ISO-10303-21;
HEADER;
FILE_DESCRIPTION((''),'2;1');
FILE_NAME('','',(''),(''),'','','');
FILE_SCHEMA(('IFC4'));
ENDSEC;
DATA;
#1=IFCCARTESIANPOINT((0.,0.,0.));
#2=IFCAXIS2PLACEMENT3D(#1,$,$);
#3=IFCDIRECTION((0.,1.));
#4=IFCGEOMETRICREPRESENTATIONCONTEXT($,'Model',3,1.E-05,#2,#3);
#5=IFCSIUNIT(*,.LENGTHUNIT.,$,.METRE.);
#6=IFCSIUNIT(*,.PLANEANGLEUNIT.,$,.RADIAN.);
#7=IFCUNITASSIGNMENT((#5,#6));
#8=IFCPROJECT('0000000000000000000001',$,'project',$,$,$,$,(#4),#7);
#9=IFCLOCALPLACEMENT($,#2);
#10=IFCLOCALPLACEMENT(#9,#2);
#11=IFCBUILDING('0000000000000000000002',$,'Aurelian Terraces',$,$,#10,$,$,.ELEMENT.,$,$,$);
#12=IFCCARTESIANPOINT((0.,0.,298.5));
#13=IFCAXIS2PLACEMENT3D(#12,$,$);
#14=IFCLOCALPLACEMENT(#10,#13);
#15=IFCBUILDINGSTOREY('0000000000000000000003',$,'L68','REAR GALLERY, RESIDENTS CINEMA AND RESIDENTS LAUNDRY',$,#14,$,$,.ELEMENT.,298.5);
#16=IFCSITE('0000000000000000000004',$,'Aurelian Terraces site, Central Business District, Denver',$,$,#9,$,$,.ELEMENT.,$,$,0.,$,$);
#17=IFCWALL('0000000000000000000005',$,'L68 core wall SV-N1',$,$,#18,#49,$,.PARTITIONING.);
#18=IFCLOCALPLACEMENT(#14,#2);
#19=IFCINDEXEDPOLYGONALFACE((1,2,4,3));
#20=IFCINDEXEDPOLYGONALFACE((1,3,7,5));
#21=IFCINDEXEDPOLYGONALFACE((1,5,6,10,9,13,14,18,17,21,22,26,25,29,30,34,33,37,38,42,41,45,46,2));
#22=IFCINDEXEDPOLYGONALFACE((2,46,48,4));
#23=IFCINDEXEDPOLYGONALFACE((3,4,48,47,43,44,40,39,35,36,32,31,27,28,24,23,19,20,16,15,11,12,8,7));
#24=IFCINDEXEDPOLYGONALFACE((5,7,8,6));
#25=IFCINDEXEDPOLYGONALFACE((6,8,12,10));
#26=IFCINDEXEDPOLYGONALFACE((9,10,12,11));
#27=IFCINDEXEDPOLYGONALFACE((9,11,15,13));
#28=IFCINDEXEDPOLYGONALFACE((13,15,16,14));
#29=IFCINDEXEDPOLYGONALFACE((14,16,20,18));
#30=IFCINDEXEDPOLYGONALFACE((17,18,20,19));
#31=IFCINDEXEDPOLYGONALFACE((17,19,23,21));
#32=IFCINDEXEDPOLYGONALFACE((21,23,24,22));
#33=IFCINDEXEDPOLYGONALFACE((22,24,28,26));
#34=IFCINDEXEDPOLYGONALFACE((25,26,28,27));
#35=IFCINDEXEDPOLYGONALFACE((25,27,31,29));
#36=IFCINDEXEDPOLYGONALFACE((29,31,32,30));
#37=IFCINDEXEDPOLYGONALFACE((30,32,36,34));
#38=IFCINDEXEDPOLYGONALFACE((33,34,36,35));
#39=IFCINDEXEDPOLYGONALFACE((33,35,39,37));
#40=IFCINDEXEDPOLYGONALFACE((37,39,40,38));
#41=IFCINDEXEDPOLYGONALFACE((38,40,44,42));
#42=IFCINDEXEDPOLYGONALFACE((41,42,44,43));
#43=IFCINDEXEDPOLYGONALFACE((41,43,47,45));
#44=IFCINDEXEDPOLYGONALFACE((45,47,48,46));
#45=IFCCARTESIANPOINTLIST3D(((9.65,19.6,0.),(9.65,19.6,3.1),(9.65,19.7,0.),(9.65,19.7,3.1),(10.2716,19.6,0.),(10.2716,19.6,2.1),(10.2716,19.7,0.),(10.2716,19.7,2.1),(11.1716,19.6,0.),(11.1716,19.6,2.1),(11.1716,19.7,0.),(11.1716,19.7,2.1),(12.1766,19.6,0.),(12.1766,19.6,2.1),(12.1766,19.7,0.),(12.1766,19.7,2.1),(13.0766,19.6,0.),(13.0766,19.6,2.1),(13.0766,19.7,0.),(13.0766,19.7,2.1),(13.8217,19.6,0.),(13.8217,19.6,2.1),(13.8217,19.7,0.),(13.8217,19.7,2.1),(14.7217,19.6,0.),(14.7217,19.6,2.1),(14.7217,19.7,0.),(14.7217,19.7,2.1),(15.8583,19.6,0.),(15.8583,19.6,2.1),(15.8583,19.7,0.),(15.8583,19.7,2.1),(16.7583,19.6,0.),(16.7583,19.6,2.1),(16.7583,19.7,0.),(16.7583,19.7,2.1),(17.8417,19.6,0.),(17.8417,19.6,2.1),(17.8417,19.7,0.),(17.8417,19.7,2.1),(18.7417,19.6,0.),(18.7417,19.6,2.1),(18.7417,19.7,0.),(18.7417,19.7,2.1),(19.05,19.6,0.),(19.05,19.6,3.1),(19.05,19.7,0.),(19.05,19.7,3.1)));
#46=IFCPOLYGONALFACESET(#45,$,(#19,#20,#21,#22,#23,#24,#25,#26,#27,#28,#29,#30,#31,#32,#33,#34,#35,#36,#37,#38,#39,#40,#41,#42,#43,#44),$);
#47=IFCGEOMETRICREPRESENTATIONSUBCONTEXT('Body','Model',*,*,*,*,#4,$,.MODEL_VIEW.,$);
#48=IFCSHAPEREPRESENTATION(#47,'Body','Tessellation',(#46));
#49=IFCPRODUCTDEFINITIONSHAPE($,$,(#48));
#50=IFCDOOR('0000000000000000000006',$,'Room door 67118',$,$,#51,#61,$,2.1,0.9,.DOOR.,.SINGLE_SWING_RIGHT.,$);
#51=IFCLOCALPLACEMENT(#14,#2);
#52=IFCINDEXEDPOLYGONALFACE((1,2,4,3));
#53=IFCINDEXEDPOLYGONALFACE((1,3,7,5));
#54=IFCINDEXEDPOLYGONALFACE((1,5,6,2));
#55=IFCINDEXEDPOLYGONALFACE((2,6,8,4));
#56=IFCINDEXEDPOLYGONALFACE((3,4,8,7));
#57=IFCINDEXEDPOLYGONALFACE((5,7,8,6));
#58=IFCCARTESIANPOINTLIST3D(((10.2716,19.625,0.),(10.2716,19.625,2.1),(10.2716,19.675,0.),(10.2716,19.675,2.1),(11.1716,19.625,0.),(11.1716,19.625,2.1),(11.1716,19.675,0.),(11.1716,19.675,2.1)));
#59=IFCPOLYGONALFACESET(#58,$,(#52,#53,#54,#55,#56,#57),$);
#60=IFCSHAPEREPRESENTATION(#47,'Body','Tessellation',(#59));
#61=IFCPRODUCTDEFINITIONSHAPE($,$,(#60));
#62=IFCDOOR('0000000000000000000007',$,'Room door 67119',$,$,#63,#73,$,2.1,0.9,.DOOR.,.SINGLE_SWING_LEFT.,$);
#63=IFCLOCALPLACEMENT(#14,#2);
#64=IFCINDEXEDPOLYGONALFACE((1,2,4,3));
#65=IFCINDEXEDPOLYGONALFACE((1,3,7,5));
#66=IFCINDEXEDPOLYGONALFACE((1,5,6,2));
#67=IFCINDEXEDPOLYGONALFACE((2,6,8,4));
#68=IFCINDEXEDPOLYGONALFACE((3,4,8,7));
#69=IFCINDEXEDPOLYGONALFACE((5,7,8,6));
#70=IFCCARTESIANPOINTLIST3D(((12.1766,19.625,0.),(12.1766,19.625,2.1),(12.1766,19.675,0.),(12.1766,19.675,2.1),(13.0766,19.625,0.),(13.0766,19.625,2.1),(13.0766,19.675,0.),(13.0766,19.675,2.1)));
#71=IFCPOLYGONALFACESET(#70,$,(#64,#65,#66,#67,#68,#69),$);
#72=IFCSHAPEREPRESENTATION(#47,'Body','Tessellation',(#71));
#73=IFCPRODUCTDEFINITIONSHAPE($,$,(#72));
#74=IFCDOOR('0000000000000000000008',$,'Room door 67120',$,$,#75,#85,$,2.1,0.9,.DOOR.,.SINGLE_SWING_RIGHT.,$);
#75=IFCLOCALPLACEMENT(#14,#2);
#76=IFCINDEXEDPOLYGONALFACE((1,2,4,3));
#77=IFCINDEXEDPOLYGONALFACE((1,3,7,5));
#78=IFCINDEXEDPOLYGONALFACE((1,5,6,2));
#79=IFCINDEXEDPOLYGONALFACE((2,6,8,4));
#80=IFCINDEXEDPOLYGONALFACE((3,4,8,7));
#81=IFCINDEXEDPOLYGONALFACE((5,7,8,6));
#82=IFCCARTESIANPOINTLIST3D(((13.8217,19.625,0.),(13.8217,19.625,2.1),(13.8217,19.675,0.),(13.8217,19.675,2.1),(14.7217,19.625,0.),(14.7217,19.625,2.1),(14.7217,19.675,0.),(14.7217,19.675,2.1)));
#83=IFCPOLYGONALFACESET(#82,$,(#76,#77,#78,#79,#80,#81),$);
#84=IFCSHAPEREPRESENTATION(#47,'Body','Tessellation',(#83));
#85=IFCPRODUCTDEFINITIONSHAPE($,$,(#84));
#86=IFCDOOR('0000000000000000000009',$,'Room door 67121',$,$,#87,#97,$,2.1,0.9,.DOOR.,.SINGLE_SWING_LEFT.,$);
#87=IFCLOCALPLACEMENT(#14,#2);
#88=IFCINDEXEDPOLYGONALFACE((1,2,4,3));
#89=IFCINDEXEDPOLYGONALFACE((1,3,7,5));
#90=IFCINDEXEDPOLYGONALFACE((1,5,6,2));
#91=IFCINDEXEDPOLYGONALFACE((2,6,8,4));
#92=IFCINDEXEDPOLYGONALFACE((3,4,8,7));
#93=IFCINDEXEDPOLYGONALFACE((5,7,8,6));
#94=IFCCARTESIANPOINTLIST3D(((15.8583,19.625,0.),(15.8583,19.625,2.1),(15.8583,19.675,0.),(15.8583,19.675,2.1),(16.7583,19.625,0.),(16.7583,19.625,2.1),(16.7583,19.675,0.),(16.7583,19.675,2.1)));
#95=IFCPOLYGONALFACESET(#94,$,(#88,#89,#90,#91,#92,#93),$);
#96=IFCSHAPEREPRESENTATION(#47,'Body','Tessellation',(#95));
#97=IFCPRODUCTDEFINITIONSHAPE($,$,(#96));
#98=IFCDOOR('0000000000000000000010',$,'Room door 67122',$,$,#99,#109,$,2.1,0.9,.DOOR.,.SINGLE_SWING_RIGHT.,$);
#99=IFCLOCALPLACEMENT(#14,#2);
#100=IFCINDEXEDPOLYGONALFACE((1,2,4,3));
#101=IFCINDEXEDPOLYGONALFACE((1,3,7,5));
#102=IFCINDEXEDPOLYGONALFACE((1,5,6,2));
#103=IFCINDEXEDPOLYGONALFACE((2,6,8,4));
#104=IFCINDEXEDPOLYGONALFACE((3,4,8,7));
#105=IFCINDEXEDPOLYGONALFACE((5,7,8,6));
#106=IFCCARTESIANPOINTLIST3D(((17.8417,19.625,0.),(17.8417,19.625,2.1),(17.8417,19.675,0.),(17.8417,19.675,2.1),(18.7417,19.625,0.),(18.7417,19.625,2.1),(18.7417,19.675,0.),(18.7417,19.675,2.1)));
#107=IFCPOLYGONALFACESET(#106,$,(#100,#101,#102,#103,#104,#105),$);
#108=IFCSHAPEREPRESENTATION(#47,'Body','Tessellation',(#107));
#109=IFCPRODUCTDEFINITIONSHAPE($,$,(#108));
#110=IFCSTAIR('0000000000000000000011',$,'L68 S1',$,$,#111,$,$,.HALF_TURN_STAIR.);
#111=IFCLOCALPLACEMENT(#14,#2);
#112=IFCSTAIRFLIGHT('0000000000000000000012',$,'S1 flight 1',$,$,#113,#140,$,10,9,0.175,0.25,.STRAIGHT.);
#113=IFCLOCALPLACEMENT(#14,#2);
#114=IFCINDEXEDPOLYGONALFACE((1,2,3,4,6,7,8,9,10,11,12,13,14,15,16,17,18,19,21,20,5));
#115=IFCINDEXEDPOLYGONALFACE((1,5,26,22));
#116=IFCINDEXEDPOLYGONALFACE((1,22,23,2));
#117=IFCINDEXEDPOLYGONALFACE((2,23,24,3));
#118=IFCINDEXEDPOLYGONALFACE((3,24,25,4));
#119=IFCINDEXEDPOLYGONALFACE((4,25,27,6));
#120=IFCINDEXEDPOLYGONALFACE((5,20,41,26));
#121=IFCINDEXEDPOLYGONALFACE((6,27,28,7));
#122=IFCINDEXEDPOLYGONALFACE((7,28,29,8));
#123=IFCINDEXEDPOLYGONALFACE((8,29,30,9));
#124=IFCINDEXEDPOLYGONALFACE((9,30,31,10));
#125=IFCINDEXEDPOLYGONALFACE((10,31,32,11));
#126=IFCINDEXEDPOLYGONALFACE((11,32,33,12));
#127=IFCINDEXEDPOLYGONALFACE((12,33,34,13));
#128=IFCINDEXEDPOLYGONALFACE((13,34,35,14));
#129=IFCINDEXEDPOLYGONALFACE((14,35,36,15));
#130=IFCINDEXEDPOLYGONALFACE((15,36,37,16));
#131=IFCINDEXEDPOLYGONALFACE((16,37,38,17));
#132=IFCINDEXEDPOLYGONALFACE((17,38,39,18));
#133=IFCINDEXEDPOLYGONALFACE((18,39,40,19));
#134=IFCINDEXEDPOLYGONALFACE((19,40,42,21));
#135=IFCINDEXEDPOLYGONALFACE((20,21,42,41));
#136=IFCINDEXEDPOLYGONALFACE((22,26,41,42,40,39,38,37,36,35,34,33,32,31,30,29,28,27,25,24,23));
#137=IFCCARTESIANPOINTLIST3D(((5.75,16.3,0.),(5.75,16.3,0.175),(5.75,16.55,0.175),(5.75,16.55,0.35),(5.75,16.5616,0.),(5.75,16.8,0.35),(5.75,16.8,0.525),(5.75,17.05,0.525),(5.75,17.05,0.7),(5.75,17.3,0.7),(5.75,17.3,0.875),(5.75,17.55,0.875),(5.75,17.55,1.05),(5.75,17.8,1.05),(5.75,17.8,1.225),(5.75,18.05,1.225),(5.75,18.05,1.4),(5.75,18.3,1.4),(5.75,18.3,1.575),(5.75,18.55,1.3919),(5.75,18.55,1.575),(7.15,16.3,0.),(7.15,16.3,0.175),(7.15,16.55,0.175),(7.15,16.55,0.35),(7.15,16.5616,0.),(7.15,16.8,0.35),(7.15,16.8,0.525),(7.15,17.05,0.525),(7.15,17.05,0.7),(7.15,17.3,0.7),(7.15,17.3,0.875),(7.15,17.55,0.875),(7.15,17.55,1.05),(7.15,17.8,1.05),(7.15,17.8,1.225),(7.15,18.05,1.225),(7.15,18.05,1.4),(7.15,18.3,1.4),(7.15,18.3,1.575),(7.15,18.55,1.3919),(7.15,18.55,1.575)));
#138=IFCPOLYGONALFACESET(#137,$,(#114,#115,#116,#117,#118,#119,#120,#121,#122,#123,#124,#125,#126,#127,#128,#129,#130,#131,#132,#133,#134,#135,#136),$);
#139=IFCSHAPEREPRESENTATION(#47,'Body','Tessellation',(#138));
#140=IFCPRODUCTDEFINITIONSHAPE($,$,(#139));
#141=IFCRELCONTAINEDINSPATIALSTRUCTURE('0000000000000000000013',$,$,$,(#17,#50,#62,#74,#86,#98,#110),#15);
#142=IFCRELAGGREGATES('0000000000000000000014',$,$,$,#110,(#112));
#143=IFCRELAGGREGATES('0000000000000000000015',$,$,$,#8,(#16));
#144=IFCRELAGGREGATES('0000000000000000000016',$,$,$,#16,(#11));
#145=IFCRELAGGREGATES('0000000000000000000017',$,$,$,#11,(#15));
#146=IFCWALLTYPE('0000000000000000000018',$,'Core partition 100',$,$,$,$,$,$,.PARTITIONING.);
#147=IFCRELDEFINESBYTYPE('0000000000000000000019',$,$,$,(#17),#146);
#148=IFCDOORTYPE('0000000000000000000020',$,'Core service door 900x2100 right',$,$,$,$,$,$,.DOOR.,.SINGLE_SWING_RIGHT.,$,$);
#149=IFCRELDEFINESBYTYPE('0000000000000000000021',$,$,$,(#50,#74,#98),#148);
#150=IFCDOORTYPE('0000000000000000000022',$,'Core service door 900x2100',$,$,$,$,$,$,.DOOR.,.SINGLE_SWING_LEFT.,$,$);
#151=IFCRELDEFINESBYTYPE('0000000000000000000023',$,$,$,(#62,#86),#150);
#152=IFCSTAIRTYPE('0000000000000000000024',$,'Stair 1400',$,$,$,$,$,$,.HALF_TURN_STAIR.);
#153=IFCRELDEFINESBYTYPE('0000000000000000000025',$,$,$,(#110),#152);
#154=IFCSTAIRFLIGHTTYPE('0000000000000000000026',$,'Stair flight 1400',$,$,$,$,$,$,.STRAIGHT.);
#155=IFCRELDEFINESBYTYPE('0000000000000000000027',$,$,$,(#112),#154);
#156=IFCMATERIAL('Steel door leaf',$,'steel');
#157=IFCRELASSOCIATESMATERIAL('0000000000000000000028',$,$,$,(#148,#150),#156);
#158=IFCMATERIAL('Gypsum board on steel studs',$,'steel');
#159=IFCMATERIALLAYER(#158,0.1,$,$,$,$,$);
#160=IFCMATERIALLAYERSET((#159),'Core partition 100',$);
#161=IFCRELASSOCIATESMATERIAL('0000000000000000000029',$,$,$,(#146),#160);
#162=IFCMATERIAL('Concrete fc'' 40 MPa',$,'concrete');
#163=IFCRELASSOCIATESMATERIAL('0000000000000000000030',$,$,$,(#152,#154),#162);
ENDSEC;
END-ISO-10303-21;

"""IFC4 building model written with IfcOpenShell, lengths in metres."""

from ifc_helpers import new_model, si_unit, direction, frame, frame_2d, origin, place, context, subcontext, project, spatial, polyline, rectangle, outline, extrude, source, transform, mapped, material, layer, layer_set, type_object, element, fill, aggregate, save


model = new_model("IFC4")

# Units and contexts
model_context = context("Model", 3, precision=1e-05, world=origin(), true_north=direction((0.0, 1.0)))
body_context = subcontext(model_context, "Body", "Model", "MODEL_VIEW")
ifc_project = project(units=[si_unit("LENGTHUNIT", "METRE"), si_unit("PLANEANGLEUNIT", "RADIAN")], contexts=[model_context])

# Site, building, storey
site_placement = place(None, origin())
site = spatial("IfcSite", under=ifc_project, at=site_placement, Name="Aurelian Terraces site, Central Business District, Denver", CompositionType="ELEMENT", RefElevation=0.0)
building_placement = place(site_placement, origin())
building = spatial("IfcBuilding", under=site, at=building_placement, Name="Aurelian Terraces", CompositionType="ELEMENT")
storey_placement = place(building_placement, frame((0.0, 0.0, 298.5)))
storey = spatial("IfcBuildingStorey", under=building, at=storey_placement, Name="L68", Description="REAR GALLERY, RESIDENTS CINEMA AND RESIDENTS LAUNDRY", CompositionType="ELEMENT", Elevation=298.5)

# Shared definitions
ifc_material_1 = material(Name="Gypsum board on steel studs", Category="steel")

# Shared definitions
ifc_material_2 = material(Name="Steel door leaf", Category="steel")
door_type_1 = type_object("IfcDoorType", Name="Core service door 900x2100 right", OperationType="SINGLE_SWING_RIGHT", PredefinedType="DOOR", material=ifc_material_2)
shared_shape_1 = source(origin(), body_context, "Body", "SweptSolid", [
    extrude(rectangle(XDim=0.9, YDim=2.1, at=frame_2d((0.45, 1.05))), frame((0.0, 0.025, 0.0), z_axis=(0.0, -1.0, 0.0), x_axis=(1.0, 0.0, 0.0)), (0.0, 0.0, 1.0), 0.05),
])

# Shared definitions
ifc_layer_1 = layer(ifc_material_1, 0.1)
ifc_layer_set_1 = layer_set([ifc_layer_1], Name="Core partition 100")
wall_type_1 = type_object("IfcWallType", Name="Core partition 100", PredefinedType="PARTITIONING", material=ifc_layer_set_1)

# Wall, openings, doors
shared_shape_2 = source(origin(), body_context, "Body", "SweptSolid", [
    extrude(rectangle(XDim=9.4, YDim=0.1, at=frame_2d((4.7, 0.0))), origin(), (0.0, 0.0, 1.0), 3.1),
])
wall_1_placement = place(storey_placement, frame((9.65, 19.65, 0.0), z_axis=(0.0, 0.0, 1.0), x_axis=(1.0, 0.0, 0.0)))
wall_1 = element("IfcWall", 1, at=wall_1_placement, inside=storey, type_object=wall_type_1, Name="L68 core wall SV-N1", PredefinedType="PARTITIONING", context=body_context, shape_type="MappedRepresentation", body=[
    mapped(shared_shape_2, transform((0.0, 0.0, 0.0), scale=1.0)),
])
shared_shape_3 = source(origin(), body_context, "Body", "SweptSolid", [
    extrude(rectangle(XDim=0.9, YDim=2.1, at=frame_2d((0.45, 1.05))), frame((0.0, 0.06, 0.0), z_axis=(0.0, -1.0, 0.0), x_axis=(1.0, 0.0, 0.0)), (0.0, 0.0, 1.0), 0.12),
])
opening_1_placement = place(wall_1_placement, frame((0.6216, 0.0, 0.0)))
opening_1 = element("IfcOpeningElement", 2, at=opening_1_placement, cuts=wall_1, PredefinedType="OPENING", context=body_context, shape_type="MappedRepresentation", body=[
    mapped(shared_shape_3, transform((0.0, 0.0, 0.0), scale=1.0)),
])
opening_2_placement = place(wall_1_placement, frame((2.5266, 0.0, 0.0)))
opening_2 = element("IfcOpeningElement", 3, at=opening_2_placement, cuts=wall_1, PredefinedType="OPENING", context=body_context, shape_type="MappedRepresentation", body=[
    mapped(shared_shape_3, transform((0.0, 0.0, 0.0), scale=1.0)),
])
opening_3_placement = place(wall_1_placement, frame((4.1717, 0.0, 0.0)))
opening_3 = element("IfcOpeningElement", 4, at=opening_3_placement, cuts=wall_1, PredefinedType="OPENING", context=body_context, shape_type="MappedRepresentation", body=[
    mapped(shared_shape_3, transform((0.0, 0.0, 0.0), scale=1.0)),
])
opening_4_placement = place(wall_1_placement, frame((6.2083, 0.0, 0.0)))
opening_4 = element("IfcOpeningElement", 5, at=opening_4_placement, cuts=wall_1, PredefinedType="OPENING", context=body_context, shape_type="MappedRepresentation", body=[
    mapped(shared_shape_3, transform((0.0, 0.0, 0.0), scale=1.0)),
])
opening_5_placement = place(wall_1_placement, frame((8.1917, 0.0, 0.0)))
opening_5 = element("IfcOpeningElement", 6, at=opening_5_placement, cuts=wall_1, PredefinedType="OPENING", context=body_context, shape_type="MappedRepresentation", body=[
    mapped(shared_shape_3, transform((0.0, 0.0, 0.0), scale=1.0)),
])
door_1_placement = place(opening_1_placement, origin())
door_1 = element("IfcDoor", 7, at=door_1_placement, inside=storey, type_object=door_type_1, Name="Room door 67118", OperationType="SINGLE_SWING_RIGHT", OverallHeight=2.1, OverallWidth=0.9, PredefinedType="DOOR", context=body_context, shape_type="MappedRepresentation", body=[
    mapped(shared_shape_1, transform((0.0, 0.0, 0.0), scale=1.0)),
])
fill(opening_1, door_1)
door_type_2 = type_object("IfcDoorType", Name="Core service door 900x2100", OperationType="SINGLE_SWING_LEFT", PredefinedType="DOOR", material=ifc_material_2)
door_2_placement = place(opening_2_placement, origin())
door_2 = element("IfcDoor", 8, at=door_2_placement, inside=storey, type_object=door_type_2, Name="Room door 67119", OperationType="SINGLE_SWING_LEFT", OverallHeight=2.1, OverallWidth=0.9, PredefinedType="DOOR", context=body_context, shape_type="MappedRepresentation", body=[
    mapped(shared_shape_1, transform((0.0, 0.0, 0.0), scale=1.0)),
])
fill(opening_2, door_2)
door_3_placement = place(opening_3_placement, origin())
door_3 = element("IfcDoor", 9, at=door_3_placement, inside=storey, type_object=door_type_1, Name="Room door 67120", OperationType="SINGLE_SWING_RIGHT", OverallHeight=2.1, OverallWidth=0.9, PredefinedType="DOOR", context=body_context, shape_type="MappedRepresentation", body=[
    mapped(shared_shape_1, transform((0.0, 0.0, 0.0), scale=1.0)),
])
fill(opening_3, door_3)
door_4_placement = place(opening_4_placement, origin())
door_4 = element("IfcDoor", 10, at=door_4_placement, inside=storey, type_object=door_type_2, Name="Room door 67121", OperationType="SINGLE_SWING_LEFT", OverallHeight=2.1, OverallWidth=0.9, PredefinedType="DOOR", context=body_context, shape_type="MappedRepresentation", body=[
    mapped(shared_shape_1, transform((0.0, 0.0, 0.0), scale=1.0)),
])
fill(opening_4, door_4)
door_5_placement = place(opening_5_placement, origin())
door_5 = element("IfcDoor", 11, at=door_5_placement, inside=storey, type_object=door_type_1, Name="Room door 67122", OperationType="SINGLE_SWING_RIGHT", OverallHeight=2.1, OverallWidth=0.9, PredefinedType="DOOR", context=body_context, shape_type="MappedRepresentation", body=[
    mapped(shared_shape_1, transform((0.0, 0.0, 0.0), scale=1.0)),
])
fill(opening_5, door_5)

# Stair, stair flight
ifc_material_3 = material(Name="Concrete fc' 40 MPa", Category="concrete")
stair_type = type_object("IfcStairType", Name="Stair 1400", PredefinedType="HALF_TURN_STAIR", material=ifc_material_3)
stair_placement = place(storey_placement, origin())
stair = element("IfcStair", 12, at=stair_placement, inside=storey, type_object=stair_type, Name="L68 S1", PredefinedType="HALF_TURN_STAIR")
stair_flight_type = type_object("IfcStairFlightType", Name="Stair flight 1400", PredefinedType="STRAIGHT", material=ifc_material_3)
shared_shape_4 = source(origin(), body_context, "Body", "SweptSolid", [
    extrude(outline(polyline([(0.0, 0.0), (0.0, 0.175), (0.25, 0.175), (0.25, 0.35), (0.5, 0.35), (0.5, 0.525), (0.75, 0.525), (0.75, 0.7), (1.0, 0.7), (1.0, 0.875), (1.25, 0.875), (1.25, 1.05), (1.5, 1.05), (1.5, 1.225), (1.75, 1.225), (1.75, 1.4), (2.0, 1.4), (2.0, 1.575), (2.25, 1.575), (2.25, 1.75), (2.25, 1.3919), (0.2616, 0.0), (0.0, 0.0)])), frame((0.0, 0.7, 0.0), z_axis=(0.0, -1.0, 0.0), x_axis=(1.0, 0.0, 0.0)), (0.0, 0.0, 1.0), 1.4),
])
stair_flight_placement = place(storey_placement, frame((6.45, 16.3, 0.0), z_axis=(0.0, 0.0, 1.0), x_axis=(0.0, 1.0, 0.0)))
stair_flight = element("IfcStairFlight", 13, at=stair_flight_placement, type_object=stair_flight_type, Name="S1 flight 1", NumberOfRisers=10, NumberOfTreads=9, PredefinedType="STRAIGHT", RiserHeight=0.175, TreadLength=0.25, context=body_context, shape_type="MappedRepresentation", body=[
    mapped(shared_shape_4, transform((0.0, 0.0, 0.0), scale=1.0)),
])
aggregate(stair, [stair_flight])

save(model, "model.ifc")
